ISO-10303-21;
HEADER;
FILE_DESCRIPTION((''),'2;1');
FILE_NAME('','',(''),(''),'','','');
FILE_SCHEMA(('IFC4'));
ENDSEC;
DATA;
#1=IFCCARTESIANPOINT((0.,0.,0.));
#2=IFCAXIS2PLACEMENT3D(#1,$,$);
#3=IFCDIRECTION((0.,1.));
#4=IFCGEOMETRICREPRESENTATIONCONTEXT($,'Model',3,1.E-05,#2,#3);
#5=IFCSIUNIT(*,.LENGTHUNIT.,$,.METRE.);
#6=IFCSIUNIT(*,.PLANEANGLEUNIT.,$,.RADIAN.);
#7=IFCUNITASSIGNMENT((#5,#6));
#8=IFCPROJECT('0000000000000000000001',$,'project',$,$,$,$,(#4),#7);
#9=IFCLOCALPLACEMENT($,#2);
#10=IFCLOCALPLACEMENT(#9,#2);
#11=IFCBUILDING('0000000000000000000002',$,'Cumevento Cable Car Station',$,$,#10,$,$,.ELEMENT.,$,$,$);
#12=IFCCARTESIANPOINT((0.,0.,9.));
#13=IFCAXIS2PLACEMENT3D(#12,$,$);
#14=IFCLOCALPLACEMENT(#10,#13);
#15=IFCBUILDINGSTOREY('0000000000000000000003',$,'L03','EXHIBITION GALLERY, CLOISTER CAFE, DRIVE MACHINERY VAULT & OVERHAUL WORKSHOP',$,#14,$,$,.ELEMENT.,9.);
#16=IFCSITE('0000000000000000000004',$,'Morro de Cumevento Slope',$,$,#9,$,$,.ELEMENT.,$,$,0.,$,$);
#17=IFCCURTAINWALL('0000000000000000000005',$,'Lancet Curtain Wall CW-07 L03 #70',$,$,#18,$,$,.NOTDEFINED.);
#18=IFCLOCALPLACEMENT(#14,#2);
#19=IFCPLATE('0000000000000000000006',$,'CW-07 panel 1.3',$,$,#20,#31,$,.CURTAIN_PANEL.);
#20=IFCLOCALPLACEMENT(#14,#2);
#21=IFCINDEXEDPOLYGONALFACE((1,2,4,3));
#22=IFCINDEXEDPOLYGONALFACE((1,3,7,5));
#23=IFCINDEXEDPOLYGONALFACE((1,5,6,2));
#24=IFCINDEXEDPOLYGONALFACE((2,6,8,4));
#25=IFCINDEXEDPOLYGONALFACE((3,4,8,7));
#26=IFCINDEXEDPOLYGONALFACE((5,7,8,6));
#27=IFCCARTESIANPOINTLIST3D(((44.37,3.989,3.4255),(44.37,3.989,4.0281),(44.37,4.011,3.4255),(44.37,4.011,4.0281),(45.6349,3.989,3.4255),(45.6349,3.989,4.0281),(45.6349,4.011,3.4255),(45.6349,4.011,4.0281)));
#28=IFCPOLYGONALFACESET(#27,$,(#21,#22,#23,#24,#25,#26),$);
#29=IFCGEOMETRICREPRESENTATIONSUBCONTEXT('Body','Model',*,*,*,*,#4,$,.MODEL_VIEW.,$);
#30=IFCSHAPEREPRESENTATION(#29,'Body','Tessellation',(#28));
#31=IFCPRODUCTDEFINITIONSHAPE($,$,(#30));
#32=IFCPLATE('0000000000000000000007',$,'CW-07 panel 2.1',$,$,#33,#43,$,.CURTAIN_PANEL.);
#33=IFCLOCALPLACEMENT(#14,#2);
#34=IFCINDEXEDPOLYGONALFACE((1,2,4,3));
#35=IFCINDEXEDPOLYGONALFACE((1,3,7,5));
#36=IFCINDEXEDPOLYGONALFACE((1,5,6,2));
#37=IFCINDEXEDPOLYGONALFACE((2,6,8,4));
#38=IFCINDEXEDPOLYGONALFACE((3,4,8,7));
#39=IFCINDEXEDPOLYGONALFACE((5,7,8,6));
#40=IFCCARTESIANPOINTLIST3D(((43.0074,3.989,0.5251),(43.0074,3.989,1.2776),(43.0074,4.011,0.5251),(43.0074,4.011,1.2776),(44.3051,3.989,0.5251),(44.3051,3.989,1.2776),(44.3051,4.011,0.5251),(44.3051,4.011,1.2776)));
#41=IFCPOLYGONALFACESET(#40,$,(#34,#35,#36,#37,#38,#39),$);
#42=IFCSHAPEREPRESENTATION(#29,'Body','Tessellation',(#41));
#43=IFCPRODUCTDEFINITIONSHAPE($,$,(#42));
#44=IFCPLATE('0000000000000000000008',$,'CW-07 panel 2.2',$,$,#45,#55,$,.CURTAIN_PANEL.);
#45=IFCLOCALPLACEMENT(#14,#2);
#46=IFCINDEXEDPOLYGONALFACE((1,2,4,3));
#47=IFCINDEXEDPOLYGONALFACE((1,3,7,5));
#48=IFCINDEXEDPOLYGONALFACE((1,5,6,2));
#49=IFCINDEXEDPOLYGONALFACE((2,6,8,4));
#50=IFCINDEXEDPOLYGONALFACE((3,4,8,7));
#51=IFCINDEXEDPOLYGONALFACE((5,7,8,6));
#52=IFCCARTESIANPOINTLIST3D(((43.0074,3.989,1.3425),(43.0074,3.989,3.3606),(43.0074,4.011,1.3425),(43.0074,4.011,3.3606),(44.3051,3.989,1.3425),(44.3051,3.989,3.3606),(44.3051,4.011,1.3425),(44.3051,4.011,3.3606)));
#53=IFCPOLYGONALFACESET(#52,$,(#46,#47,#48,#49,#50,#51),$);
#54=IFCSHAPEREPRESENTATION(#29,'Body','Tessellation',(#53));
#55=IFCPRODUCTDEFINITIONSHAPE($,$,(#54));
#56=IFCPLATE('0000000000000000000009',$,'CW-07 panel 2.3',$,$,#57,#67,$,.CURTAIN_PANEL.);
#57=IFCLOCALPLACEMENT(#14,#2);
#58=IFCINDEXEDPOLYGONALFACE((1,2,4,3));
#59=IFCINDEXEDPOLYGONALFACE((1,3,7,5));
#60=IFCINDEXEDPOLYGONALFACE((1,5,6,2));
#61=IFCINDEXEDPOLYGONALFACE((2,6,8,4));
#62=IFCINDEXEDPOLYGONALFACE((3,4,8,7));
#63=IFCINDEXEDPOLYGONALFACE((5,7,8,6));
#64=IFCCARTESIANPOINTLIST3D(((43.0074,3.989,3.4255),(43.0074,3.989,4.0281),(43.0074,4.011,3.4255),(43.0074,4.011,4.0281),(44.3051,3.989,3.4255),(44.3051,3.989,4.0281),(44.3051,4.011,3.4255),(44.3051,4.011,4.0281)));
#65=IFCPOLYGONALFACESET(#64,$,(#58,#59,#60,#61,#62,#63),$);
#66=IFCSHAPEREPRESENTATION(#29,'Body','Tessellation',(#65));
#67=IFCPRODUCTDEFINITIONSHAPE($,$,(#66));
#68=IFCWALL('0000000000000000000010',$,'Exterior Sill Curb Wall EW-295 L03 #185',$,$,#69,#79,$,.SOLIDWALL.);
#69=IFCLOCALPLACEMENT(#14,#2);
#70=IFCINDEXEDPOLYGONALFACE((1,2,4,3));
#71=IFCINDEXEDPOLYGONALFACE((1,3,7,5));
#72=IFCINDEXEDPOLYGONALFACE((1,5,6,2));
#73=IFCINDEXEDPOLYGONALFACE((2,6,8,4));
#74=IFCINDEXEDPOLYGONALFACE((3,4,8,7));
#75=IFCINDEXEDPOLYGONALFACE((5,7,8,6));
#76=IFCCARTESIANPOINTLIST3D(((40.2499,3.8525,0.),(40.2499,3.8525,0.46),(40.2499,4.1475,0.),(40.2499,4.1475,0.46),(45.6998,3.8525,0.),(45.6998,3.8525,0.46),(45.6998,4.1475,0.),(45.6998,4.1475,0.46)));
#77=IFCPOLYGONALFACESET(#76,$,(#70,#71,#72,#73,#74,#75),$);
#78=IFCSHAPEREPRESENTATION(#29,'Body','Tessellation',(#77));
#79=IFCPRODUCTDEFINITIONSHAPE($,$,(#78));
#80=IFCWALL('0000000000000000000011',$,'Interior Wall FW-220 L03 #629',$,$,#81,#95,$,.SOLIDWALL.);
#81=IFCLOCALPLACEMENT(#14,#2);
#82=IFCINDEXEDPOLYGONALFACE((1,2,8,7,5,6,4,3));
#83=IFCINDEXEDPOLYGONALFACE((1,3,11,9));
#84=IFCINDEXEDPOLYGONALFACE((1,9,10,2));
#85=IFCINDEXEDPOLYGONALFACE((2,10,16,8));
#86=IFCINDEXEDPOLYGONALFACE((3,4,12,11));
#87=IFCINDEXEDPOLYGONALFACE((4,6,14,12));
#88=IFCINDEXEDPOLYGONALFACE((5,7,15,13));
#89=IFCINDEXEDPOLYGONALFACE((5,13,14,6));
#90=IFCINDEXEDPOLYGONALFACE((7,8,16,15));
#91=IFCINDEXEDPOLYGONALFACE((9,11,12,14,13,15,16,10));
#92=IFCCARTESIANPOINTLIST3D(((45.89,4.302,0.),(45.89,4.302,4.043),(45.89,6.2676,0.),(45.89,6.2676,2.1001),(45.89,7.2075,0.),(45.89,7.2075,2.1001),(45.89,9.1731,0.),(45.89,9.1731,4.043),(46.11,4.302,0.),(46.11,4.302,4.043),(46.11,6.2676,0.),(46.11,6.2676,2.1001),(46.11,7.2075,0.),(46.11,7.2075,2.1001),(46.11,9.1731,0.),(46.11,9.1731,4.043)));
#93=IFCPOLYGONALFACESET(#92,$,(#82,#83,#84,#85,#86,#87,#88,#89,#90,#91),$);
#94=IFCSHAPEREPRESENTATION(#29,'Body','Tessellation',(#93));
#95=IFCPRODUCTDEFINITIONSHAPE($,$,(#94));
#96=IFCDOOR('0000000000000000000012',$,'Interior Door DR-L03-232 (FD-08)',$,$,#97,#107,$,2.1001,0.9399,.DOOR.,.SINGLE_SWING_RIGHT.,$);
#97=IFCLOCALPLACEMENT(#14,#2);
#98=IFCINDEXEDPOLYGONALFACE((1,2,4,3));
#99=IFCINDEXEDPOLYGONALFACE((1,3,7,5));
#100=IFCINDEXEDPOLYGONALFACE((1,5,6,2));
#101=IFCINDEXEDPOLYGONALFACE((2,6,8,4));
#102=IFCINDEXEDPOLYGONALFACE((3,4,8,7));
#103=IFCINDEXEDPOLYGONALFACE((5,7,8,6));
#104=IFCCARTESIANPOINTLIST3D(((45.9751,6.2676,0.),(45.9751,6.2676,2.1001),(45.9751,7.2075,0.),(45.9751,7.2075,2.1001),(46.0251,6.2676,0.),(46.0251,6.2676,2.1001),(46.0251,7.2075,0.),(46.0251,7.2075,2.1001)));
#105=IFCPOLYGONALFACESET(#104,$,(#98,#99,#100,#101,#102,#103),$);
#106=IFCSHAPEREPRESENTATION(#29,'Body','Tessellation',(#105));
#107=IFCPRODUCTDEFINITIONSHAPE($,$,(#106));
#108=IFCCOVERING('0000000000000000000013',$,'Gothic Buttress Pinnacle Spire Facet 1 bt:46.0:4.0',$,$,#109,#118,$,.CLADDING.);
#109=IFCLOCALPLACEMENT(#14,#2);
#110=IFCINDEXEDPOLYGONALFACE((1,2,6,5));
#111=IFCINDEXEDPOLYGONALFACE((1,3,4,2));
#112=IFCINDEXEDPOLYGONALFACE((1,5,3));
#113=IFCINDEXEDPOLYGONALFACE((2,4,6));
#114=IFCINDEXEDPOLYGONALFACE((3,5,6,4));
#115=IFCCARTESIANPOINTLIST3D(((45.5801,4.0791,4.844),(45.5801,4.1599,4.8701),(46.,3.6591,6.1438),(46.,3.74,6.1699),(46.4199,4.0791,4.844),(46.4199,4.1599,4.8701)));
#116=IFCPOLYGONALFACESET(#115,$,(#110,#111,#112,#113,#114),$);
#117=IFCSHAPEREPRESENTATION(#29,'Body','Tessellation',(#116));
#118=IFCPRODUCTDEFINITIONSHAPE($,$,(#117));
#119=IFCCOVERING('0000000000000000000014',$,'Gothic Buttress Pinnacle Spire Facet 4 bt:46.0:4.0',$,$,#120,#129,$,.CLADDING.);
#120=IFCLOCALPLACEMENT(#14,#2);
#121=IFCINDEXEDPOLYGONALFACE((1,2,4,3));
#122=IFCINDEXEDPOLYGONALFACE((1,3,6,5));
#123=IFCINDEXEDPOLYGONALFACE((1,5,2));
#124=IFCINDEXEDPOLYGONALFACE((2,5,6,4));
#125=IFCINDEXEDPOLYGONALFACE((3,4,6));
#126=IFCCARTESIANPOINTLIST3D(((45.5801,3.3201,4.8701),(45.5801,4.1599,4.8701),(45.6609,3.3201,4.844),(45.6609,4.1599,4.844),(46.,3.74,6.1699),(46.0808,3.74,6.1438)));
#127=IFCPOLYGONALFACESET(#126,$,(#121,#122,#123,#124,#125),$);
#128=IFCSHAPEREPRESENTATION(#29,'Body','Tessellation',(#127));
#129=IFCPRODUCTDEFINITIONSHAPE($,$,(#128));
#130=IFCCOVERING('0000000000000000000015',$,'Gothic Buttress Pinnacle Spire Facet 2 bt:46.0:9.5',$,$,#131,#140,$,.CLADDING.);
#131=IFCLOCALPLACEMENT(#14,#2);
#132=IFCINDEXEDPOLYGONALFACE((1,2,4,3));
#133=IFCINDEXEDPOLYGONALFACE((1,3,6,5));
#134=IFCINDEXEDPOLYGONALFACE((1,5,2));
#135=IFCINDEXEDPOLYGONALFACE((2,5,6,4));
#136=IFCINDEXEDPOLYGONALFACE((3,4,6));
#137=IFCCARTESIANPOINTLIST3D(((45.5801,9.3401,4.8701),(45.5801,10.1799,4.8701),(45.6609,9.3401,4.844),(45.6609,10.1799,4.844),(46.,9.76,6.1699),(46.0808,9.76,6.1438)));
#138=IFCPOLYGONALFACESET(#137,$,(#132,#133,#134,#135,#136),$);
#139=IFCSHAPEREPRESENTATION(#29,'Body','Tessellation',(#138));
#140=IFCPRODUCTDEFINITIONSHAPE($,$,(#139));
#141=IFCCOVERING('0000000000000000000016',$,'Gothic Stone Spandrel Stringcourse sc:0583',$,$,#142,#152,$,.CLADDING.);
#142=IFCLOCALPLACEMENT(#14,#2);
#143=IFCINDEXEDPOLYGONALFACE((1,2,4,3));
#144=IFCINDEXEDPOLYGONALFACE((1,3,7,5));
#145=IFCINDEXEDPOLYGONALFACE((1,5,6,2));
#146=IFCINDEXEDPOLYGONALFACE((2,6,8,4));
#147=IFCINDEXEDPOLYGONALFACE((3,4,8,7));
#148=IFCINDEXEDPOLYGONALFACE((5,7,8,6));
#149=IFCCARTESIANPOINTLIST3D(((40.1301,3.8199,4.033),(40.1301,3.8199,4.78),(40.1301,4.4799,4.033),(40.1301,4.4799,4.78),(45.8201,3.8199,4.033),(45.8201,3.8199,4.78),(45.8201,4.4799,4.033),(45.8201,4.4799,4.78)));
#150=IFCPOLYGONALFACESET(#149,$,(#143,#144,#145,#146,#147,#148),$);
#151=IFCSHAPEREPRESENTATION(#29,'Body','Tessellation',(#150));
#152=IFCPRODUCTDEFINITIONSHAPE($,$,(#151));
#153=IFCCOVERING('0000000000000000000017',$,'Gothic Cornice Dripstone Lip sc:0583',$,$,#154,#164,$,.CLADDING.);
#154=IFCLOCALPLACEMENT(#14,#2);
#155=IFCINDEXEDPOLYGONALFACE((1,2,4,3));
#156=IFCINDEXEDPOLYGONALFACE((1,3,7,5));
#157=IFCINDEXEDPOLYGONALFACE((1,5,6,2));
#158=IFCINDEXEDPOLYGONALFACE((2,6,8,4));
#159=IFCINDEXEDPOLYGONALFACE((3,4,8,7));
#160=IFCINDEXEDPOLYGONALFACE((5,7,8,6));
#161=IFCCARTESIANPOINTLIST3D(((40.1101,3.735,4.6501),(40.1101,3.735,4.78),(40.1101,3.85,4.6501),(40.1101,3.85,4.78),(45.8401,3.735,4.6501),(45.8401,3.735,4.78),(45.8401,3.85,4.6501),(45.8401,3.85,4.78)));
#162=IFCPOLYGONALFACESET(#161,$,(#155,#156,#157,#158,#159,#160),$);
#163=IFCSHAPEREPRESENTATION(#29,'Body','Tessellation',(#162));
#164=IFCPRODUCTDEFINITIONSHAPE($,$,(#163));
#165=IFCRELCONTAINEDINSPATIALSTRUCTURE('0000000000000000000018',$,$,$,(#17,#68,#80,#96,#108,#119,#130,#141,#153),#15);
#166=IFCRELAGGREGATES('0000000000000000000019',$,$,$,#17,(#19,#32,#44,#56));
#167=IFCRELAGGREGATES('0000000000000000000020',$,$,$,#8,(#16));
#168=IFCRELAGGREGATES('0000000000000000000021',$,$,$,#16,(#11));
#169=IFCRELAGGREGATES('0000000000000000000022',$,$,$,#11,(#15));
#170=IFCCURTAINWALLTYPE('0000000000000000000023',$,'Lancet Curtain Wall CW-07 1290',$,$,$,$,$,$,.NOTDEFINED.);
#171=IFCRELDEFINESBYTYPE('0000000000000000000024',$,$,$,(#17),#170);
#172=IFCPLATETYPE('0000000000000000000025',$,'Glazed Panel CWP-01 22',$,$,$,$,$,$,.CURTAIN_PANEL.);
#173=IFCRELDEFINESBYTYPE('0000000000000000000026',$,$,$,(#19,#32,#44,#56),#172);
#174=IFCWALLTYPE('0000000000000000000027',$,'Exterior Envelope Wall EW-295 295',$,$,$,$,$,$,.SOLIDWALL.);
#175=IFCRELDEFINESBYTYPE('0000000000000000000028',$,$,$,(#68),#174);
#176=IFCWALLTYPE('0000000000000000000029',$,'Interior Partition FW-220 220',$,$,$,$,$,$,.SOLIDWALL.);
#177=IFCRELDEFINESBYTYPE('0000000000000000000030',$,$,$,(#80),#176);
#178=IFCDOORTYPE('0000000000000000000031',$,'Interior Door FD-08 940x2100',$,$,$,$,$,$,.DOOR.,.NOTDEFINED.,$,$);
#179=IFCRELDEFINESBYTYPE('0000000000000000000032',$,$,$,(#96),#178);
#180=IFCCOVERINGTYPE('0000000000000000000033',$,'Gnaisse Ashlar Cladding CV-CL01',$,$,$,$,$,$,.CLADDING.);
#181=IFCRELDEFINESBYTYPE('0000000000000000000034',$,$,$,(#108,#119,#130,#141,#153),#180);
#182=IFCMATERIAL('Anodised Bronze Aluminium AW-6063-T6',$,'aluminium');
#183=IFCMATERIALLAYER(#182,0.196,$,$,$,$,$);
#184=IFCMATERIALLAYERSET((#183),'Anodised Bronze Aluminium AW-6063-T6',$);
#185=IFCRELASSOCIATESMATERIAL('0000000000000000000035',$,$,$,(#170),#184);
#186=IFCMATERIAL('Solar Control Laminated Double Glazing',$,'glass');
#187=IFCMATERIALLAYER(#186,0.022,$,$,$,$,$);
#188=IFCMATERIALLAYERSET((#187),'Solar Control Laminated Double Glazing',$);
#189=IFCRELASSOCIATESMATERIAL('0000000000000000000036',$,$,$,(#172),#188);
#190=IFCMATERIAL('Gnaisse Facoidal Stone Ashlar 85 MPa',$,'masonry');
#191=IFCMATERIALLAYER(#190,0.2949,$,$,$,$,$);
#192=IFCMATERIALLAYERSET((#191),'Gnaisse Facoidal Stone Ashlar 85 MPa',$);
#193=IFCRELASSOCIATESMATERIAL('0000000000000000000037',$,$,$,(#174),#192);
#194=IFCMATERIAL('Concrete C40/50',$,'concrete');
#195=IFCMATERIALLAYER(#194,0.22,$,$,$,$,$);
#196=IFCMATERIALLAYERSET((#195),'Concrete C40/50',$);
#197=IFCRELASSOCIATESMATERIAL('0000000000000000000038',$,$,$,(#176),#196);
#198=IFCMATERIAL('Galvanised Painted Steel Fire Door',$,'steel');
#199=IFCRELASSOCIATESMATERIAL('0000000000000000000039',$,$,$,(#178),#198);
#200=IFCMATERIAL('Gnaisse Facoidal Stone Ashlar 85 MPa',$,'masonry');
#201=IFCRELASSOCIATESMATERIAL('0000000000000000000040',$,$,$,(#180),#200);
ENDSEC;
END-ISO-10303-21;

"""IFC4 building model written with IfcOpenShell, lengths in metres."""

from ifc_helpers import new_model, si_unit, direction, frame, frame_2d, origin, origin_2d, place, context, subcontext, project, spatial, polyline, rectangle, outline, extrude, material, layer, layer_set, type_object, element, fill, aggregate, save


model = new_model("IFC4")

# Units and contexts
model_context = context("Model", 3, precision=1e-05, world=origin(), true_north=direction((0.0, 1.0)))
body_context = subcontext(model_context, "Body", "Model", "MODEL_VIEW")
ifc_project = project(units=[si_unit("LENGTHUNIT", "METRE"), si_unit("PLANEANGLEUNIT", "RADIAN")], contexts=[model_context])

# Site, building, storey
site_placement = place(None, origin())
site = spatial("IfcSite", under=ifc_project, at=site_placement, Name="Morro de Cumevento Slope", CompositionType="ELEMENT", RefElevation=0.0)
building_placement = place(site_placement, origin())
building = spatial("IfcBuilding", under=site, at=building_placement, Name="Cumevento Cable Car Station", CompositionType="ELEMENT")
storey_placement = place(building_placement, frame((0.0, 0.0, 9.0)))
storey = spatial("IfcBuildingStorey", under=building, at=storey_placement, Name="L03", Description="EXHIBITION GALLERY, CLOISTER CAFE, DRIVE MACHINERY VAULT & OVERHAUL WORKSHOP", CompositionType="ELEMENT", Elevation=9.0)

# Curtain wall
ifc_material_1 = material(Name="Anodised Bronze Aluminium AW-6063-T6", Category="aluminium")
ifc_layer_1 = layer(ifc_material_1, 0.196)
ifc_layer_set_1 = layer_set([ifc_layer_1], Name="Anodised Bronze Aluminium AW-6063-T6")
curtain_wall_type = type_object("IfcCurtainWallType", Name="Lancet Curtain Wall CW-07 1290", PredefinedType="NOTDEFINED", material=ifc_layer_set_1)
curtain_wall_placement = place(storey_placement, origin())
curtain_wall = element("IfcCurtainWall", 1, at=curtain_wall_placement, inside=storey, type_object=curtain_wall_type, Name="Lancet Curtain Wall CW-07 L03 #70", PredefinedType="NOTDEFINED")

# Plates
ifc_material_2 = material(Name="Solar Control Laminated Double Glazing", Category="glass")
ifc_layer_2 = layer(ifc_material_2, 0.022)
ifc_layer_set_2 = layer_set([ifc_layer_2], Name="Solar Control Laminated Double Glazing")
plate_type = type_object("IfcPlateType", Name="Glazed Panel CWP-01 22", PredefinedType="CURTAIN_PANEL", material=ifc_layer_set_2)
plate_1_placement = place(storey_placement, frame((45.0024, 4.0, 3.4255), z_axis=(0.0, 0.0, 1.0), x_axis=(-1.0, 0.0, 0.0)))
plate_1 = element("IfcPlate", 2, at=plate_1_placement, type_object=plate_type, Name="CW-07 panel 1.3", PredefinedType="CURTAIN_PANEL", context=body_context, shape_type="SweptSolid", body=[
    extrude(rectangle(XDim=1.2649, YDim=0.022, at=origin_2d()), origin(), (0.0, 0.0, 1.0), 0.6025),
])
plate_2_placement = place(storey_placement, frame((43.6562, 4.0, 0.5251), z_axis=(0.0, 0.0, 1.0), x_axis=(-1.0, 0.0, 0.0)))
plate_2 = element("IfcPlate", 3, at=plate_2_placement, type_object=plate_type, Name="CW-07 panel 2.1", PredefinedType="CURTAIN_PANEL", context=body_context, shape_type="SweptSolid", body=[
    extrude(rectangle(XDim=1.2976, YDim=0.022, at=origin_2d()), origin(), (0.0, 0.0, 1.0), 0.7524),
])
plate_3_placement = place(storey_placement, frame((43.6562, 4.0, 1.3425), z_axis=(0.0, 0.0, 1.0), x_axis=(-1.0, 0.0, 0.0)))
plate_3 = element("IfcPlate", 4, at=plate_3_placement, type_object=plate_type, Name="CW-07 panel 2.2", PredefinedType="CURTAIN_PANEL", context=body_context, shape_type="SweptSolid", body=[
    extrude(rectangle(XDim=1.2976, YDim=0.022, at=origin_2d()), origin(), (0.0, 0.0, 1.0), 2.0181),
])
plate_4_placement = place(storey_placement, frame((43.6562, 4.0, 3.4255), z_axis=(0.0, 0.0, 1.0), x_axis=(-1.0, 0.0, 0.0)))
plate_4 = element("IfcPlate", 5, at=plate_4_placement, type_object=plate_type, Name="CW-07 panel 2.3", PredefinedType="CURTAIN_PANEL", context=body_context, shape_type="SweptSolid", body=[
    extrude(rectangle(XDim=1.2976, YDim=0.022, at=origin_2d()), origin(), (0.0, 0.0, 1.0), 0.6025),
])
aggregate(curtain_wall, [plate_1, plate_2, plate_3, plate_4])

# Wall
ifc_material_3 = material(Name="Gnaisse Facoidal Stone Ashlar 85 MPa", Category="masonry")
ifc_layer_3 = layer(ifc_material_3, 0.2949)
ifc_layer_set_3 = layer_set([ifc_layer_3], Name="Gnaisse Facoidal Stone Ashlar 85 MPa")
wall_type_1 = type_object("IfcWallType", Name="Exterior Envelope Wall EW-295 295", PredefinedType="SOLIDWALL", material=ifc_layer_set_3)
wall_1_placement = place(storey_placement, frame((45.7, 4.0, 0.0), z_axis=(0.0, 0.0, 1.0), x_axis=(-1.0, 0.0, 0.0)))
element("IfcWall", 6, at=wall_1_placement, inside=storey, type_object=wall_type_1, Name="Exterior Sill Curb Wall EW-295 L03 #185", PredefinedType="SOLIDWALL", context=body_context, shape_type="SweptSolid", body=[
    extrude(rectangle(XDim=5.45, YDim=0.2949, at=frame_2d((2.7251, 0.0))), origin(), (0.0, 0.0, 1.0), 0.46),
])

# Wall, opening, door
ifc_material_4 = material(Name="Concrete C40/50", Category="concrete")
ifc_layer_4 = layer(ifc_material_4, 0.22)
ifc_layer_set_4 = layer_set([ifc_layer_4], Name="Concrete C40/50")
wall_type_2 = type_object("IfcWallType", Name="Interior Partition FW-220 220", PredefinedType="SOLIDWALL", material=ifc_layer_set_4)
wall_2_placement = place(storey_placement, frame((46.0, 4.302, 0.0), z_axis=(0.0, 0.0, 1.0), x_axis=(0.0, 1.0, 0.0)))
wall_2 = element("IfcWall", 7, at=wall_2_placement, inside=storey, type_object=wall_type_2, Name="Interior Wall FW-220 L03 #629", PredefinedType="SOLIDWALL", context=body_context, shape_type="SweptSolid", body=[
    extrude(rectangle(XDim=4.8711, YDim=0.22, at=frame_2d((2.4355, 0.0))), origin(), (0.0, 0.0, 1.0), 4.043),
])
opening_placement = place(wall_2_placement, frame((1.9656, 0.0, 0.0)))
opening = element("IfcOpeningElement", 8, at=opening_placement, cuts=wall_2, PredefinedType="OPENING", context=body_context, shape_type="SweptSolid", body=[
    extrude(rectangle(XDim=0.9399, YDim=2.1001, at=frame_2d((0.47, 1.05))), frame((0.0, 0.1199, 0.0), z_axis=(0.0, -1.0, 0.0), x_axis=(1.0, 0.0, 0.0)), (0.0, 0.0, 1.0), 0.24),
])
ifc_material_5 = material(Name="Galvanised Painted Steel Fire Door", Category="steel")
door_type = type_object("IfcDoorType", Name="Interior Door FD-08 940x2100", OperationType="NOTDEFINED", PredefinedType="DOOR", material=ifc_material_5)
door_placement = place(opening_placement, origin())
door = element("IfcDoor", 9, at=door_placement, inside=storey, type_object=door_type, Name="Interior Door DR-L03-232 (FD-08)", OperationType="SINGLE_SWING_RIGHT", OverallHeight=2.1001, OverallWidth=0.9399, PredefinedType="DOOR", context=body_context, shape_type="SweptSolid", body=[
    extrude(rectangle(XDim=0.9399, YDim=2.1001, at=frame_2d((0.47, 1.05))), frame((0.0, 0.0249, 0.0), z_axis=(0.0, -1.0, 0.0), x_axis=(1.0, 0.0, 0.0)), (0.0, 0.0, 1.0), 0.05),
])
fill(opening, door)

# Coverings
ifc_material_6 = material(Name="Gnaisse Facoidal Stone Ashlar 85 MPa", Category="masonry")
covering_type = type_object("IfcCoveringType", Name="Gnaisse Ashlar Cladding CV-CL01", PredefinedType="CLADDING", material=ifc_material_6)
for number, where, z_axis, x_axis, name in (
    (10, (45.5801, 4.1599, 4.8701), (0.0, 0.951574, 0.307421), (1.0, 0.0, 0.0), "Gothic Buttress Pinnacle Spire Facet 1 bt:46.0:4.0"),
    (11, (45.5801, 3.3201, 4.8701), (-0.951574, 0.0, 0.307421), (0.0, 1.0, 0.0), "Gothic Buttress Pinnacle Spire Facet 4 bt:46.0:4.0"),
    (12, (45.5801, 9.3401, 4.8701), (-0.951574, 0.0, 0.307421), (0.0, 1.0, 0.0), "Gothic Buttress Pinnacle Spire Facet 2 bt:46.0:9.5"),
):
    element("IfcCovering", number, at=place(storey_placement, frame(where, z_axis=z_axis, x_axis=x_axis)), inside=storey, type_object=covering_type, Name=name, PredefinedType="CLADDING", context=body_context, shape_type="SweptSolid", body=[
        extrude(outline(polyline([(0.0, 0.0), (0.8398, 0.0), (0.4199, -1.366), (0.0, 0.0)])), origin(), (0.0, 0.0, -1.0), 0.085),
    ])
covering_1_placement = place(storey_placement, frame((42.9751, 4.1499, 4.033), z_axis=(0.0, 0.0, 1.0), x_axis=(-1.0, 0.0, 0.0)))
element("IfcCovering", 13, at=covering_1_placement, inside=storey, type_object=covering_type, Name="Gothic Stone Spandrel Stringcourse sc:0583", PredefinedType="CLADDING", context=body_context, shape_type="SweptSolid", body=[
    extrude(rectangle(XDim=5.6899, YDim=0.6599, at=origin_2d()), origin(), (0.0, 0.0, 1.0), 0.7471),
])
covering_2_placement = place(storey_placement, frame((42.9751, 3.7925, 4.6501), z_axis=(0.0, 0.0, 1.0), x_axis=(-1.0, 0.0, 0.0)))
element("IfcCovering", 14, at=covering_2_placement, inside=storey, type_object=covering_type, Name="Gothic Cornice Dripstone Lip sc:0583", PredefinedType="CLADDING", context=body_context, shape_type="SweptSolid", body=[
    extrude(rectangle(XDim=5.73, YDim=0.115, at=origin_2d()), origin(), (0.0, 0.0, 1.0), 0.1299),
])

save(model, "model.ifc")
